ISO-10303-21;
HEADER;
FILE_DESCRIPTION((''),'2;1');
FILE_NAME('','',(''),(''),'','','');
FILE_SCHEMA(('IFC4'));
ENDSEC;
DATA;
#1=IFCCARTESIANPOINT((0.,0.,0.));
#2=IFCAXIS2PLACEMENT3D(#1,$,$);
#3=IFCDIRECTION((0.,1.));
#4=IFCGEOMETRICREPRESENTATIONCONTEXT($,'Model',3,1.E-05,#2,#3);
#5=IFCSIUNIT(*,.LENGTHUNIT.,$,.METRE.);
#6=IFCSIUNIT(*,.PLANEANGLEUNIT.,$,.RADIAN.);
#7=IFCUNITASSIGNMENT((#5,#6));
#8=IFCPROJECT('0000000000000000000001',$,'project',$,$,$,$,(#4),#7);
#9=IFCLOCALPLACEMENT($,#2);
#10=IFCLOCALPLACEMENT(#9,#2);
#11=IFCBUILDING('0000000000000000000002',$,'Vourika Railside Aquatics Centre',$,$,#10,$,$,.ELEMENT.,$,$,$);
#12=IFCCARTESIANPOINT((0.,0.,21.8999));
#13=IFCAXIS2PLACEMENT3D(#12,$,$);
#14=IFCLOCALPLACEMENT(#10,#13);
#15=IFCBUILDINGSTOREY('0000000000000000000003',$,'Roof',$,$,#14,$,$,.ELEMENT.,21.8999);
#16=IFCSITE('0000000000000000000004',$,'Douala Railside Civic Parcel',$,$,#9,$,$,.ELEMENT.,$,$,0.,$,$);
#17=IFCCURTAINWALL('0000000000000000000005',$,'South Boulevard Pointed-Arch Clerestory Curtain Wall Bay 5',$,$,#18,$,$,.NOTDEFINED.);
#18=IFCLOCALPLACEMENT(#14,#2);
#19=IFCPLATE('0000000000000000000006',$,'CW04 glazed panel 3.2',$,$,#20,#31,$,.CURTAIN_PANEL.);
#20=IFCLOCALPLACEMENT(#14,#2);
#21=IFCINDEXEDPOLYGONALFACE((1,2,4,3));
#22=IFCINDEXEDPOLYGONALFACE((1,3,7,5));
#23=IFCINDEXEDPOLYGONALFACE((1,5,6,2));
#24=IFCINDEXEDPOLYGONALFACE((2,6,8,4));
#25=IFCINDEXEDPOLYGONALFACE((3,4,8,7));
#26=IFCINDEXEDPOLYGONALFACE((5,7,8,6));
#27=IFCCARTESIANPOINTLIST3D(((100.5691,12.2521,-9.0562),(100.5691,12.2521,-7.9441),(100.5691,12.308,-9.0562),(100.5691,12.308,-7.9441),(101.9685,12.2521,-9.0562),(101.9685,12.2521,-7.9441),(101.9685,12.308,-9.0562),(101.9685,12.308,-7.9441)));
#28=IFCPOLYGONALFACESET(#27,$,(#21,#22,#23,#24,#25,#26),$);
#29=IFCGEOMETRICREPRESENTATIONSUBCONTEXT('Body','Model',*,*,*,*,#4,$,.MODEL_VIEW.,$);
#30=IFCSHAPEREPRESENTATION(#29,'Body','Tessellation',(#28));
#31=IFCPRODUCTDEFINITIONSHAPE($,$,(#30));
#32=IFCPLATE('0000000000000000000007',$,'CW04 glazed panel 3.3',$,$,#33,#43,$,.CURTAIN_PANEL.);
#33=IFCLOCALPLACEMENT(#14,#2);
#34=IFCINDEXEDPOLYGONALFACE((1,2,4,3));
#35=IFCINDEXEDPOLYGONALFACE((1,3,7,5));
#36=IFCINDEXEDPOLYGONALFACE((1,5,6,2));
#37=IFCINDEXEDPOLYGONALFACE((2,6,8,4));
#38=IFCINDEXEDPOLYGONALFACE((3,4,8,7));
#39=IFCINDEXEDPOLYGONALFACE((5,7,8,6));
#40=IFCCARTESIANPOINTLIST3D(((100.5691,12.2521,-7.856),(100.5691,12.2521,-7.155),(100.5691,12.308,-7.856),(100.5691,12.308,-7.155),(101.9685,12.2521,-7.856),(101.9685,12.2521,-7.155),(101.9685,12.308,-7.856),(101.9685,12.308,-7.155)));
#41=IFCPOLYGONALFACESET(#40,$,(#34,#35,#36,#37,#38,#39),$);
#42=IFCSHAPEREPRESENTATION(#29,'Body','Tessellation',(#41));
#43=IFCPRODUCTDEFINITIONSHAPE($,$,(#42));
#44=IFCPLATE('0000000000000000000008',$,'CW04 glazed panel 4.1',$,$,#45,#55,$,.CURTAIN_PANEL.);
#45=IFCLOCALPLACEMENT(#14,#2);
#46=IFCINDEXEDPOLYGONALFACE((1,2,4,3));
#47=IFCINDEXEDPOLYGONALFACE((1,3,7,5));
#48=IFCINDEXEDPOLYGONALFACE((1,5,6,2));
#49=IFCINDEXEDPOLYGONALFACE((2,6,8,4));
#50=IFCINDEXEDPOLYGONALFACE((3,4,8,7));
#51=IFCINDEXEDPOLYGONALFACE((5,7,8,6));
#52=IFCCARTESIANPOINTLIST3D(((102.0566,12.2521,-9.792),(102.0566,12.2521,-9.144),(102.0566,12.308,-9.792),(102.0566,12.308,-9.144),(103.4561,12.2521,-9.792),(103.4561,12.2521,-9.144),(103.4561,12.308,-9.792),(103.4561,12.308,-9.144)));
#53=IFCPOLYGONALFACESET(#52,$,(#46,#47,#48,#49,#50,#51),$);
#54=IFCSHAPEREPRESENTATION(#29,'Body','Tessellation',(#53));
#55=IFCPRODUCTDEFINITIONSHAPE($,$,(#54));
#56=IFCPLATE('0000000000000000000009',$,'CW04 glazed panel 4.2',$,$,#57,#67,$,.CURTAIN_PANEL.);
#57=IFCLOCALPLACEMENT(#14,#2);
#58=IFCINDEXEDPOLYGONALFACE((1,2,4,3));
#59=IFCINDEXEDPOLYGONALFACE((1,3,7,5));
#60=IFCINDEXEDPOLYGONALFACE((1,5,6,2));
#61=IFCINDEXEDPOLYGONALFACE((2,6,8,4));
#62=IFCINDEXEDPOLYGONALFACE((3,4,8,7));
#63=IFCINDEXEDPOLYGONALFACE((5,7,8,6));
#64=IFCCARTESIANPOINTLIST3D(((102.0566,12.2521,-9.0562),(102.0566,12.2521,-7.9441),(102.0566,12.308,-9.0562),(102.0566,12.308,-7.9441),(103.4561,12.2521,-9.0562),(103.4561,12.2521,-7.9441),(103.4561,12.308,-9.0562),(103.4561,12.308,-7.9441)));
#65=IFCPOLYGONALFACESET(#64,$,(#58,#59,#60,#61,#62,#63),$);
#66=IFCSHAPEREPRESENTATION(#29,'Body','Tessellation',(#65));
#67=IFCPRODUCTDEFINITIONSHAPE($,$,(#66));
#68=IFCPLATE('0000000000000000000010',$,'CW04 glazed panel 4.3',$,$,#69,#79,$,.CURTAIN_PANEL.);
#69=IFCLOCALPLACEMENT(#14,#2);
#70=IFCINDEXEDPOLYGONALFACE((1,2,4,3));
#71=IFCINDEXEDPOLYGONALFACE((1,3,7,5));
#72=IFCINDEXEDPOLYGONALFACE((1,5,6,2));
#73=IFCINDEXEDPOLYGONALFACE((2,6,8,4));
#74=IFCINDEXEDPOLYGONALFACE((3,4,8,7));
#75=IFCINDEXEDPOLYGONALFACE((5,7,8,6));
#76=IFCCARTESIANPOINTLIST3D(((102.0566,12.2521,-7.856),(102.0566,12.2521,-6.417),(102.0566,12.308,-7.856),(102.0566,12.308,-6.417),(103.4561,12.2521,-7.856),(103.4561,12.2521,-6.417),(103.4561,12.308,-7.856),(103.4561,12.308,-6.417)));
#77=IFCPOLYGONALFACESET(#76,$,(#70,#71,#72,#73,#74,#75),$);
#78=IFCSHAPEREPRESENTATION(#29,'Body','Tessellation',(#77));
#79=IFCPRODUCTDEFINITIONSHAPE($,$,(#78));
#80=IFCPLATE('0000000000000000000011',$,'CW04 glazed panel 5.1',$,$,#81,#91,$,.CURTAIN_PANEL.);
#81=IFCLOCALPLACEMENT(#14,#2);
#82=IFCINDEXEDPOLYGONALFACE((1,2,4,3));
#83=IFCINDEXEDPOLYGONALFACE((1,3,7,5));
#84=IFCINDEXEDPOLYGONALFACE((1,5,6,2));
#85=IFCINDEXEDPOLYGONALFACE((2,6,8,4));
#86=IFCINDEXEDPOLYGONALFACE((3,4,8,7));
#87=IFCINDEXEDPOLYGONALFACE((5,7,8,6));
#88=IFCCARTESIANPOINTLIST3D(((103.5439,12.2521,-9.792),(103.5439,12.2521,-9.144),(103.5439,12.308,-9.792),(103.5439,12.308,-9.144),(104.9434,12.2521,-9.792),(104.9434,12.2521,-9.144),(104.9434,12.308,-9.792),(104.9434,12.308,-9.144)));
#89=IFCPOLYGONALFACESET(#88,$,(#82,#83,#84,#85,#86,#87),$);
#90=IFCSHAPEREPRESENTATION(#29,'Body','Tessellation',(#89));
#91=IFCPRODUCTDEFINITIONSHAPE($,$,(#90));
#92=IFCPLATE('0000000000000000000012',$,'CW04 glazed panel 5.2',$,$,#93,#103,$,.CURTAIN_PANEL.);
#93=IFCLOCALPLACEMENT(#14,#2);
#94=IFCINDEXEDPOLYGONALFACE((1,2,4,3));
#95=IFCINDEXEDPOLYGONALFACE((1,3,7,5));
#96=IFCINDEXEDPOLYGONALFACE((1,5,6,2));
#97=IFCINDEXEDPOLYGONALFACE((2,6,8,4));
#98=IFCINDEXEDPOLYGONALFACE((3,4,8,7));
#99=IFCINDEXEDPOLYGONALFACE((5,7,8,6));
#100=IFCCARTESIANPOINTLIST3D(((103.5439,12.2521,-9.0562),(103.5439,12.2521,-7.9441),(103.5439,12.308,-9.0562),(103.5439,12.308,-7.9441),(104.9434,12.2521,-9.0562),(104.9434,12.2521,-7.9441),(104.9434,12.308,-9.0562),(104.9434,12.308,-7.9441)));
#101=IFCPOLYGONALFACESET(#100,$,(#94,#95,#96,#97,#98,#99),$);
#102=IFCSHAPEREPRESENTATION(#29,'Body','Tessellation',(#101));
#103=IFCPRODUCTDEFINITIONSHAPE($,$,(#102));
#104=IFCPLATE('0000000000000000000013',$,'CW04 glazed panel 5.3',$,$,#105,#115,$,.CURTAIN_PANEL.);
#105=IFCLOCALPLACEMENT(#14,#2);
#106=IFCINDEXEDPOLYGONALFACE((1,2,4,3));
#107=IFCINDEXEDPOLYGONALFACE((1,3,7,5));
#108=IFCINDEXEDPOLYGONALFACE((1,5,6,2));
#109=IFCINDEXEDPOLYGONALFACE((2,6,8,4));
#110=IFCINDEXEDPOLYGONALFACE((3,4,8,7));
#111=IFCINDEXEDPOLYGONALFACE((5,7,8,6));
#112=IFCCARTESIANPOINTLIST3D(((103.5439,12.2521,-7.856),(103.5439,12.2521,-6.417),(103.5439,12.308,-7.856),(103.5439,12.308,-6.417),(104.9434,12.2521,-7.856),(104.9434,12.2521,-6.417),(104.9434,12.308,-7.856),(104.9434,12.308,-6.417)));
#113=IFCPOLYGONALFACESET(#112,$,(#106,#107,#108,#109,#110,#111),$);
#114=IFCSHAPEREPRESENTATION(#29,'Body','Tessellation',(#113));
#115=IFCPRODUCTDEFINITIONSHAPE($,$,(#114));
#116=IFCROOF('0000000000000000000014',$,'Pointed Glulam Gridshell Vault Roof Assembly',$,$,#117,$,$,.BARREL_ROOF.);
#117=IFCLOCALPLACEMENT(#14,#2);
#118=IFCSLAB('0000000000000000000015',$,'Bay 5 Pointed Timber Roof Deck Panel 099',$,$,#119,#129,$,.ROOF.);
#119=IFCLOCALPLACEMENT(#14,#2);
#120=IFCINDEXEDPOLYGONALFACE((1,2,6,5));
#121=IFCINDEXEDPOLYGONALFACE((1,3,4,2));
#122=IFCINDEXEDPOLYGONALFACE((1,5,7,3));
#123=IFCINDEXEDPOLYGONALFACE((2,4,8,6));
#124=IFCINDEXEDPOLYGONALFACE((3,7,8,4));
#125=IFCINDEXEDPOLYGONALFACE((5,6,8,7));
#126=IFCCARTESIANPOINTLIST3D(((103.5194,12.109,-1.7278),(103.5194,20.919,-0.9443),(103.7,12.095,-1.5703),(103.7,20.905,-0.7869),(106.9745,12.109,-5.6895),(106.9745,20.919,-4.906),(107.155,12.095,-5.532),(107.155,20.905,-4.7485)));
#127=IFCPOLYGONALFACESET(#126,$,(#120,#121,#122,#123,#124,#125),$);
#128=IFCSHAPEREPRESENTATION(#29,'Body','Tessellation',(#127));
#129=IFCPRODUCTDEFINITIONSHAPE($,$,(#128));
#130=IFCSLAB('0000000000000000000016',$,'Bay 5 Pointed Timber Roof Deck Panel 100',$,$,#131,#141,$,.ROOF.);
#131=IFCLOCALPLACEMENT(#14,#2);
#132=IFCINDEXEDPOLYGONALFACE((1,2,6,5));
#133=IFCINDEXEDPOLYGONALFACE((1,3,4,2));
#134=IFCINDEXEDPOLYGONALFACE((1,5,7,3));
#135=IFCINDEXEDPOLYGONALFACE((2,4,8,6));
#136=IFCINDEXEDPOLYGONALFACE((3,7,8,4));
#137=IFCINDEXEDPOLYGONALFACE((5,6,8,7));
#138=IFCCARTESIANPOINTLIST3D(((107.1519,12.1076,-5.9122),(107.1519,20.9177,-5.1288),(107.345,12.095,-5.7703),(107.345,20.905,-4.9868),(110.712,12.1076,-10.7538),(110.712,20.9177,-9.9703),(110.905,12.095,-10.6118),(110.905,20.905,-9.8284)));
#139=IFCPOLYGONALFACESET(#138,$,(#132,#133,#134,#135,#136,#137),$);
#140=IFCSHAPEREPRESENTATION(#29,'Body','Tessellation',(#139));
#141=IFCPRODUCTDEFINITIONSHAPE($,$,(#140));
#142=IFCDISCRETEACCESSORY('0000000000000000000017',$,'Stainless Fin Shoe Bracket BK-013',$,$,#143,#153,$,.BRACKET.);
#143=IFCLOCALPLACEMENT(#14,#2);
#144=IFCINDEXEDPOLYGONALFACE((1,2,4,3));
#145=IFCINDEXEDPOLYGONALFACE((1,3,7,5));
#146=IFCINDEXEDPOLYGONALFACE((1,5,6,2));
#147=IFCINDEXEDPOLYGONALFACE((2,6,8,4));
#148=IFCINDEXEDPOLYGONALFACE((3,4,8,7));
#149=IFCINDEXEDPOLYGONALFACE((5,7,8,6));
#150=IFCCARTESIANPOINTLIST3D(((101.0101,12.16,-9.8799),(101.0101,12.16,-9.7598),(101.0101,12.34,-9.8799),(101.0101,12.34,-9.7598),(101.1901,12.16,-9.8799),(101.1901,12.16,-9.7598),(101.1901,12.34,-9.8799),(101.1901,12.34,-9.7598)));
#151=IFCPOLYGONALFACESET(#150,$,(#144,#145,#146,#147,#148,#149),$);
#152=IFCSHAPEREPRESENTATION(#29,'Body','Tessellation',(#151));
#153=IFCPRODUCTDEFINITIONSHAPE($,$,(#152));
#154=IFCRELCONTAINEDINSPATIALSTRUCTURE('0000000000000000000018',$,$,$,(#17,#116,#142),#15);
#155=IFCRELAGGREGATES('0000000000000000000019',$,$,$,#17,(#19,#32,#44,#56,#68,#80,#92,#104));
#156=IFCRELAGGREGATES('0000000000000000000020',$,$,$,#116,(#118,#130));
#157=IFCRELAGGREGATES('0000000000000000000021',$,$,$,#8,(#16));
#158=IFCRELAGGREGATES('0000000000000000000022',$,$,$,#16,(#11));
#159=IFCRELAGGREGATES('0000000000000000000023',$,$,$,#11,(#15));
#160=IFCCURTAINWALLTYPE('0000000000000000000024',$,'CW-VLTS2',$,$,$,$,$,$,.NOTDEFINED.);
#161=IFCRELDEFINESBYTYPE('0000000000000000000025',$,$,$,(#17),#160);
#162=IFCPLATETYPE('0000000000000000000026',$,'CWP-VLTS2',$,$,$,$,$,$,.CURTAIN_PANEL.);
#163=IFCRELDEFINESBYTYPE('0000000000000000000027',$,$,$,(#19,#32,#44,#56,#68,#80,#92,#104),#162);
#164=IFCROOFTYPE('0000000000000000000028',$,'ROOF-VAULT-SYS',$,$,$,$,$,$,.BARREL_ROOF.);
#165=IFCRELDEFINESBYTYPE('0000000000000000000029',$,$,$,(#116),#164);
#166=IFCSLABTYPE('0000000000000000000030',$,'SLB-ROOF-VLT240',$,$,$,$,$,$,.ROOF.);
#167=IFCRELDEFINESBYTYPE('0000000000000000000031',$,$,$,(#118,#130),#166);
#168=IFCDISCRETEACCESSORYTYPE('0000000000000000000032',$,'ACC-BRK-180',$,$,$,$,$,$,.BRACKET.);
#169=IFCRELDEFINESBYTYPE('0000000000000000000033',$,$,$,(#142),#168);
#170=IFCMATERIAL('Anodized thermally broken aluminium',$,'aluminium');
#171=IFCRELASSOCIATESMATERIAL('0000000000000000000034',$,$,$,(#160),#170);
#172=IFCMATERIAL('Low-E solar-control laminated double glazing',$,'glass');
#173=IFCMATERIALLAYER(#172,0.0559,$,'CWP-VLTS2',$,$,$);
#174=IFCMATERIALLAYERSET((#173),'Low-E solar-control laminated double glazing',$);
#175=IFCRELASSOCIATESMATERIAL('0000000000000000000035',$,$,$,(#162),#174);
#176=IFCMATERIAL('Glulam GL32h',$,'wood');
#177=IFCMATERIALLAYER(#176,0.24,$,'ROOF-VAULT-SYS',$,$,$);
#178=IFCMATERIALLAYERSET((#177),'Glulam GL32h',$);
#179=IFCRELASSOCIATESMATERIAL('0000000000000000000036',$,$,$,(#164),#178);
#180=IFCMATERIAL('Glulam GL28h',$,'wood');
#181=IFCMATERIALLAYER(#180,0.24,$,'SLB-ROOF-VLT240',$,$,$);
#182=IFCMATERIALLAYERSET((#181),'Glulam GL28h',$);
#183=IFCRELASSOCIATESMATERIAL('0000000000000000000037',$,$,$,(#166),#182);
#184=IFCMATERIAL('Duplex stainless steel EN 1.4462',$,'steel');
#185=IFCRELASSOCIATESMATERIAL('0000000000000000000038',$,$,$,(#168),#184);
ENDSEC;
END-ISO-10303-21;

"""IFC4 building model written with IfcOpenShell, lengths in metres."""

from ifc_helpers import new_model, si_unit, direction, frame, origin, origin_2d, place, context, subcontext, project, spatial, polyline, rectangle, outline, extrude, material, layer, layer_set, type_object, element, aggregate, save


model = new_model("IFC4")

# Units and contexts
model_context = context("Model", 3, precision=1e-05, world=origin(), true_north=direction((0.0, 1.0)))
body_context = subcontext(model_context, "Body", "Model", "MODEL_VIEW")
ifc_project = project(units=[si_unit("LENGTHUNIT", "METRE"), si_unit("PLANEANGLEUNIT", "RADIAN")], contexts=[model_context])

# Site, building, storey
site_placement = place(None, origin())
site = spatial("IfcSite", under=ifc_project, at=site_placement, Name="Douala Railside Civic Parcel", CompositionType="ELEMENT", RefElevation=0.0)
building_placement = place(site_placement, origin())
building = spatial("IfcBuilding", under=site, at=building_placement, Name="Vourika Railside Aquatics Centre", CompositionType="ELEMENT")
storey_placement = place(building_placement, frame((0.0, 0.0, 21.8999)))
storey = spatial("IfcBuildingStorey", under=building, at=storey_placement, Name="Roof", CompositionType="ELEMENT", Elevation=21.8999)

# Curtain wall, plates
ifc_material_1 = material(Name="Anodized thermally broken aluminium", Category="aluminium")
curtain_wall_type = type_object("IfcCurtainWallType", Name="CW-VLTS2", PredefinedType="NOTDEFINED", material=ifc_material_1)
curtain_wall_placement = place(storey_placement, origin())
curtain_wall = element("IfcCurtainWall", 1, at=curtain_wall_placement, inside=storey, type_object=curtain_wall_type, Name="South Boulevard Pointed-Arch Clerestory Curtain Wall Bay 5", PredefinedType="NOTDEFINED")
ifc_material_2 = material(Name="Low-E solar-control laminated double glazing", Category="glass")
ifc_layer_1 = layer(ifc_material_2, 0.0559, Name="CWP-VLTS2")
ifc_layer_set_1 = layer_set([ifc_layer_1], Name="Low-E solar-control laminated double glazing")
plate_type = type_object("IfcPlateType", Name="CWP-VLTS2", PredefinedType="CURTAIN_PANEL", material=ifc_layer_set_1)
plate_1_placement = place(storey_placement, frame((101.2688, 12.28, -9.0562), z_axis=(0.0, 0.0, 1.0), x_axis=(1.0, 0.0, 0.0)))
plate_1 = element("IfcPlate", 2, at=plate_1_placement, type_object=plate_type, Name="CW04 glazed panel 3.2", PredefinedType="CURTAIN_PANEL", context=body_context, shape_type="SweptSolid", body=[
    extrude(rectangle(XDim=1.3994, YDim=0.0559, at=origin_2d()), origin(), (0.0, 0.0, 1.0), 1.1121),
])
plate_2_placement = place(storey_placement, frame((101.2688, 12.28, -7.856), z_axis=(0.0, 0.0, 1.0), x_axis=(1.0, 0.0, 0.0)))
plate_2 = element("IfcPlate", 3, at=plate_2_placement, type_object=plate_type, Name="CW04 glazed panel 3.3", PredefinedType="CURTAIN_PANEL", context=body_context, shape_type="SweptSolid", body=[
    extrude(rectangle(XDim=1.3994, YDim=0.0559, at=origin_2d()), origin(), (0.0, 0.0, 1.0), 0.7009),
])
plate_3_placement = place(storey_placement, frame((102.7563, 12.28, -9.792), z_axis=(0.0, 0.0, 1.0), x_axis=(1.0, 0.0, 0.0)))
plate_3 = element("IfcPlate", 4, at=plate_3_placement, type_object=plate_type, Name="CW04 glazed panel 4.1", PredefinedType="CURTAIN_PANEL", context=body_context, shape_type="SweptSolid", body=[
    extrude(rectangle(XDim=1.3994, YDim=0.0559, at=origin_2d()), origin(), (0.0, 0.0, 1.0), 0.6479),
])
plate_4_placement = place(storey_placement, frame((102.7563, 12.28, -9.0562), z_axis=(0.0, 0.0, 1.0), x_axis=(1.0, 0.0, 0.0)))
plate_4 = element("IfcPlate", 5, at=plate_4_placement, type_object=plate_type, Name="CW04 glazed panel 4.2", PredefinedType="CURTAIN_PANEL", context=body_context, shape_type="SweptSolid", body=[
    extrude(rectangle(XDim=1.3994, YDim=0.0559, at=origin_2d()), origin(), (0.0, 0.0, 1.0), 1.1121),
])
plate_5_placement = place(storey_placement, frame((102.7563, 12.28, -7.856), z_axis=(0.0, 0.0, 1.0), x_axis=(1.0, 0.0, 0.0)))
plate_5 = element("IfcPlate", 6, at=plate_5_placement, type_object=plate_type, Name="CW04 glazed panel 4.3", PredefinedType="CURTAIN_PANEL", context=body_context, shape_type="SweptSolid", body=[
    extrude(rectangle(XDim=1.3994, YDim=0.0559, at=origin_2d()), origin(), (0.0, 0.0, 1.0), 1.439),
])
plate_6_placement = place(storey_placement, frame((104.2437, 12.28, -9.792), z_axis=(0.0, 0.0, 1.0), x_axis=(1.0, 0.0, 0.0)))
plate_6 = element("IfcPlate", 7, at=plate_6_placement, type_object=plate_type, Name="CW04 glazed panel 5.1", PredefinedType="CURTAIN_PANEL", context=body_context, shape_type="SweptSolid", body=[
    extrude(rectangle(XDim=1.3994, YDim=0.0559, at=origin_2d()), origin(), (0.0, 0.0, 1.0), 0.6479),
])
plate_7_placement = place(storey_placement, frame((104.2437, 12.28, -9.0562), z_axis=(0.0, 0.0, 1.0), x_axis=(1.0, 0.0, 0.0)))
plate_7 = element("IfcPlate", 8, at=plate_7_placement, type_object=plate_type, Name="CW04 glazed panel 5.2", PredefinedType="CURTAIN_PANEL", context=body_context, shape_type="SweptSolid", body=[
    extrude(rectangle(XDim=1.3994, YDim=0.0559, at=origin_2d()), origin(), (0.0, 0.0, 1.0), 1.1121),
])
plate_8_placement = place(storey_placement, frame((104.2437, 12.28, -7.856), z_axis=(0.0, 0.0, 1.0), x_axis=(1.0, 0.0, 0.0)))
plate_8 = element("IfcPlate", 9, at=plate_8_placement, type_object=plate_type, Name="CW04 glazed panel 5.3", PredefinedType="CURTAIN_PANEL", context=body_context, shape_type="SweptSolid", body=[
    extrude(rectangle(XDim=1.3994, YDim=0.0559, at=origin_2d()), origin(), (0.0, 0.0, 1.0), 1.439),
])
aggregate(curtain_wall, [plate_1, plate_2, plate_3, plate_4, plate_5, plate_6, plate_7, plate_8])

# Roof, slabs
ifc_material_3 = material(Name="Glulam GL32h", Category="wood")
ifc_layer_2 = layer(ifc_material_3, 0.24, Name="ROOF-VAULT-SYS")
ifc_layer_set_2 = layer_set([ifc_layer_2], Name="Glulam GL32h")
roof_type = type_object("IfcRoofType", Name="ROOF-VAULT-SYS", PredefinedType="BARREL_ROOF", material=ifc_layer_set_2)
roof_placement = place(storey_placement, origin())
roof = element("IfcRoof", 10, at=roof_placement, inside=storey, type_object=roof_type, Name="Pointed Glulam Gridshell Vault Roof Assembly", PredefinedType="BARREL_ROOF")
ifc_material_4 = material(Name="Glulam GL28h", Category="wood")
ifc_layer_3 = layer(ifc_material_4, 0.24, Name="SLB-ROOF-VLT240")
ifc_layer_set_3 = layer_set([ifc_layer_3], Name="Glulam GL28h")
slab_type = type_object("IfcSlabType", Name="SLB-ROOF-VLT240", PredefinedType="ROOF", material=ifc_layer_set_3)
slab_1_placement = place(storey_placement, frame((103.7, 12.095, -1.5703), z_axis=(0.752365, -0.05835, 0.656157), x_axis=(0.657277, 0.0, -0.753649)))
slab_1 = element("IfcSlab", 11, at=slab_1_placement, type_object=slab_type, Name="Bay 5 Pointed Timber Roof Deck Panel 099", PredefinedType="ROOF", context=body_context, shape_type="SweptSolid", body=[
    extrude(outline(polyline([(0.0, 0.0), (5.2567, 0.0), (4.6662, 8.8251), (-0.5904, 8.8251), (0.0, 0.0)])), origin(), (0.0, 0.0, -1.0), 0.24),
])
slab_2_placement = place(storey_placement, frame((107.345, 12.095, -5.7703), z_axis=(0.804528, -0.052607, 0.59158), x_axis=(0.592401, 0.0, -0.805644)))
slab_2 = element("IfcSlab", 12, at=slab_2_placement, type_object=slab_type, Name="Bay 5 Pointed Timber Roof Deck Panel 100", PredefinedType="ROOF", context=body_context, shape_type="SweptSolid", body=[
    extrude(outline(polyline([(0.0, 0.0), (6.0095, 0.0), (5.3784, 8.8223), (-0.6312, 8.8223), (0.0, 0.0)])), origin(), (0.0, 0.0, -1.0), 0.24),
])
aggregate(roof, [slab_1, slab_2])

# Discrete accessory
ifc_material_5 = material(Name="Duplex stainless steel EN 1.4462", Category="steel")
discrete_accessory_type = type_object("IfcDiscreteAccessoryType", Name="ACC-BRK-180", PredefinedType="BRACKET", material=ifc_material_5)
discrete_accessory_placement = place(storey_placement, frame((101.1001, 12.25, -9.8799), z_axis=(0.0, 0.0, 1.0), x_axis=(0.0, -1.0, 0.0)))
element("IfcDiscreteAccessory", 13, at=discrete_accessory_placement, inside=storey, type_object=discrete_accessory_type, Name="Stainless Fin Shoe Bracket BK-013", PredefinedType="BRACKET", context=body_context, shape_type="SweptSolid", body=[
    extrude(rectangle(XDim=0.1799, YDim=0.1799, at=origin_2d()), origin(), (0.0, 0.0, 1.0), 0.1201),
])

save(model, "model.ifc")
